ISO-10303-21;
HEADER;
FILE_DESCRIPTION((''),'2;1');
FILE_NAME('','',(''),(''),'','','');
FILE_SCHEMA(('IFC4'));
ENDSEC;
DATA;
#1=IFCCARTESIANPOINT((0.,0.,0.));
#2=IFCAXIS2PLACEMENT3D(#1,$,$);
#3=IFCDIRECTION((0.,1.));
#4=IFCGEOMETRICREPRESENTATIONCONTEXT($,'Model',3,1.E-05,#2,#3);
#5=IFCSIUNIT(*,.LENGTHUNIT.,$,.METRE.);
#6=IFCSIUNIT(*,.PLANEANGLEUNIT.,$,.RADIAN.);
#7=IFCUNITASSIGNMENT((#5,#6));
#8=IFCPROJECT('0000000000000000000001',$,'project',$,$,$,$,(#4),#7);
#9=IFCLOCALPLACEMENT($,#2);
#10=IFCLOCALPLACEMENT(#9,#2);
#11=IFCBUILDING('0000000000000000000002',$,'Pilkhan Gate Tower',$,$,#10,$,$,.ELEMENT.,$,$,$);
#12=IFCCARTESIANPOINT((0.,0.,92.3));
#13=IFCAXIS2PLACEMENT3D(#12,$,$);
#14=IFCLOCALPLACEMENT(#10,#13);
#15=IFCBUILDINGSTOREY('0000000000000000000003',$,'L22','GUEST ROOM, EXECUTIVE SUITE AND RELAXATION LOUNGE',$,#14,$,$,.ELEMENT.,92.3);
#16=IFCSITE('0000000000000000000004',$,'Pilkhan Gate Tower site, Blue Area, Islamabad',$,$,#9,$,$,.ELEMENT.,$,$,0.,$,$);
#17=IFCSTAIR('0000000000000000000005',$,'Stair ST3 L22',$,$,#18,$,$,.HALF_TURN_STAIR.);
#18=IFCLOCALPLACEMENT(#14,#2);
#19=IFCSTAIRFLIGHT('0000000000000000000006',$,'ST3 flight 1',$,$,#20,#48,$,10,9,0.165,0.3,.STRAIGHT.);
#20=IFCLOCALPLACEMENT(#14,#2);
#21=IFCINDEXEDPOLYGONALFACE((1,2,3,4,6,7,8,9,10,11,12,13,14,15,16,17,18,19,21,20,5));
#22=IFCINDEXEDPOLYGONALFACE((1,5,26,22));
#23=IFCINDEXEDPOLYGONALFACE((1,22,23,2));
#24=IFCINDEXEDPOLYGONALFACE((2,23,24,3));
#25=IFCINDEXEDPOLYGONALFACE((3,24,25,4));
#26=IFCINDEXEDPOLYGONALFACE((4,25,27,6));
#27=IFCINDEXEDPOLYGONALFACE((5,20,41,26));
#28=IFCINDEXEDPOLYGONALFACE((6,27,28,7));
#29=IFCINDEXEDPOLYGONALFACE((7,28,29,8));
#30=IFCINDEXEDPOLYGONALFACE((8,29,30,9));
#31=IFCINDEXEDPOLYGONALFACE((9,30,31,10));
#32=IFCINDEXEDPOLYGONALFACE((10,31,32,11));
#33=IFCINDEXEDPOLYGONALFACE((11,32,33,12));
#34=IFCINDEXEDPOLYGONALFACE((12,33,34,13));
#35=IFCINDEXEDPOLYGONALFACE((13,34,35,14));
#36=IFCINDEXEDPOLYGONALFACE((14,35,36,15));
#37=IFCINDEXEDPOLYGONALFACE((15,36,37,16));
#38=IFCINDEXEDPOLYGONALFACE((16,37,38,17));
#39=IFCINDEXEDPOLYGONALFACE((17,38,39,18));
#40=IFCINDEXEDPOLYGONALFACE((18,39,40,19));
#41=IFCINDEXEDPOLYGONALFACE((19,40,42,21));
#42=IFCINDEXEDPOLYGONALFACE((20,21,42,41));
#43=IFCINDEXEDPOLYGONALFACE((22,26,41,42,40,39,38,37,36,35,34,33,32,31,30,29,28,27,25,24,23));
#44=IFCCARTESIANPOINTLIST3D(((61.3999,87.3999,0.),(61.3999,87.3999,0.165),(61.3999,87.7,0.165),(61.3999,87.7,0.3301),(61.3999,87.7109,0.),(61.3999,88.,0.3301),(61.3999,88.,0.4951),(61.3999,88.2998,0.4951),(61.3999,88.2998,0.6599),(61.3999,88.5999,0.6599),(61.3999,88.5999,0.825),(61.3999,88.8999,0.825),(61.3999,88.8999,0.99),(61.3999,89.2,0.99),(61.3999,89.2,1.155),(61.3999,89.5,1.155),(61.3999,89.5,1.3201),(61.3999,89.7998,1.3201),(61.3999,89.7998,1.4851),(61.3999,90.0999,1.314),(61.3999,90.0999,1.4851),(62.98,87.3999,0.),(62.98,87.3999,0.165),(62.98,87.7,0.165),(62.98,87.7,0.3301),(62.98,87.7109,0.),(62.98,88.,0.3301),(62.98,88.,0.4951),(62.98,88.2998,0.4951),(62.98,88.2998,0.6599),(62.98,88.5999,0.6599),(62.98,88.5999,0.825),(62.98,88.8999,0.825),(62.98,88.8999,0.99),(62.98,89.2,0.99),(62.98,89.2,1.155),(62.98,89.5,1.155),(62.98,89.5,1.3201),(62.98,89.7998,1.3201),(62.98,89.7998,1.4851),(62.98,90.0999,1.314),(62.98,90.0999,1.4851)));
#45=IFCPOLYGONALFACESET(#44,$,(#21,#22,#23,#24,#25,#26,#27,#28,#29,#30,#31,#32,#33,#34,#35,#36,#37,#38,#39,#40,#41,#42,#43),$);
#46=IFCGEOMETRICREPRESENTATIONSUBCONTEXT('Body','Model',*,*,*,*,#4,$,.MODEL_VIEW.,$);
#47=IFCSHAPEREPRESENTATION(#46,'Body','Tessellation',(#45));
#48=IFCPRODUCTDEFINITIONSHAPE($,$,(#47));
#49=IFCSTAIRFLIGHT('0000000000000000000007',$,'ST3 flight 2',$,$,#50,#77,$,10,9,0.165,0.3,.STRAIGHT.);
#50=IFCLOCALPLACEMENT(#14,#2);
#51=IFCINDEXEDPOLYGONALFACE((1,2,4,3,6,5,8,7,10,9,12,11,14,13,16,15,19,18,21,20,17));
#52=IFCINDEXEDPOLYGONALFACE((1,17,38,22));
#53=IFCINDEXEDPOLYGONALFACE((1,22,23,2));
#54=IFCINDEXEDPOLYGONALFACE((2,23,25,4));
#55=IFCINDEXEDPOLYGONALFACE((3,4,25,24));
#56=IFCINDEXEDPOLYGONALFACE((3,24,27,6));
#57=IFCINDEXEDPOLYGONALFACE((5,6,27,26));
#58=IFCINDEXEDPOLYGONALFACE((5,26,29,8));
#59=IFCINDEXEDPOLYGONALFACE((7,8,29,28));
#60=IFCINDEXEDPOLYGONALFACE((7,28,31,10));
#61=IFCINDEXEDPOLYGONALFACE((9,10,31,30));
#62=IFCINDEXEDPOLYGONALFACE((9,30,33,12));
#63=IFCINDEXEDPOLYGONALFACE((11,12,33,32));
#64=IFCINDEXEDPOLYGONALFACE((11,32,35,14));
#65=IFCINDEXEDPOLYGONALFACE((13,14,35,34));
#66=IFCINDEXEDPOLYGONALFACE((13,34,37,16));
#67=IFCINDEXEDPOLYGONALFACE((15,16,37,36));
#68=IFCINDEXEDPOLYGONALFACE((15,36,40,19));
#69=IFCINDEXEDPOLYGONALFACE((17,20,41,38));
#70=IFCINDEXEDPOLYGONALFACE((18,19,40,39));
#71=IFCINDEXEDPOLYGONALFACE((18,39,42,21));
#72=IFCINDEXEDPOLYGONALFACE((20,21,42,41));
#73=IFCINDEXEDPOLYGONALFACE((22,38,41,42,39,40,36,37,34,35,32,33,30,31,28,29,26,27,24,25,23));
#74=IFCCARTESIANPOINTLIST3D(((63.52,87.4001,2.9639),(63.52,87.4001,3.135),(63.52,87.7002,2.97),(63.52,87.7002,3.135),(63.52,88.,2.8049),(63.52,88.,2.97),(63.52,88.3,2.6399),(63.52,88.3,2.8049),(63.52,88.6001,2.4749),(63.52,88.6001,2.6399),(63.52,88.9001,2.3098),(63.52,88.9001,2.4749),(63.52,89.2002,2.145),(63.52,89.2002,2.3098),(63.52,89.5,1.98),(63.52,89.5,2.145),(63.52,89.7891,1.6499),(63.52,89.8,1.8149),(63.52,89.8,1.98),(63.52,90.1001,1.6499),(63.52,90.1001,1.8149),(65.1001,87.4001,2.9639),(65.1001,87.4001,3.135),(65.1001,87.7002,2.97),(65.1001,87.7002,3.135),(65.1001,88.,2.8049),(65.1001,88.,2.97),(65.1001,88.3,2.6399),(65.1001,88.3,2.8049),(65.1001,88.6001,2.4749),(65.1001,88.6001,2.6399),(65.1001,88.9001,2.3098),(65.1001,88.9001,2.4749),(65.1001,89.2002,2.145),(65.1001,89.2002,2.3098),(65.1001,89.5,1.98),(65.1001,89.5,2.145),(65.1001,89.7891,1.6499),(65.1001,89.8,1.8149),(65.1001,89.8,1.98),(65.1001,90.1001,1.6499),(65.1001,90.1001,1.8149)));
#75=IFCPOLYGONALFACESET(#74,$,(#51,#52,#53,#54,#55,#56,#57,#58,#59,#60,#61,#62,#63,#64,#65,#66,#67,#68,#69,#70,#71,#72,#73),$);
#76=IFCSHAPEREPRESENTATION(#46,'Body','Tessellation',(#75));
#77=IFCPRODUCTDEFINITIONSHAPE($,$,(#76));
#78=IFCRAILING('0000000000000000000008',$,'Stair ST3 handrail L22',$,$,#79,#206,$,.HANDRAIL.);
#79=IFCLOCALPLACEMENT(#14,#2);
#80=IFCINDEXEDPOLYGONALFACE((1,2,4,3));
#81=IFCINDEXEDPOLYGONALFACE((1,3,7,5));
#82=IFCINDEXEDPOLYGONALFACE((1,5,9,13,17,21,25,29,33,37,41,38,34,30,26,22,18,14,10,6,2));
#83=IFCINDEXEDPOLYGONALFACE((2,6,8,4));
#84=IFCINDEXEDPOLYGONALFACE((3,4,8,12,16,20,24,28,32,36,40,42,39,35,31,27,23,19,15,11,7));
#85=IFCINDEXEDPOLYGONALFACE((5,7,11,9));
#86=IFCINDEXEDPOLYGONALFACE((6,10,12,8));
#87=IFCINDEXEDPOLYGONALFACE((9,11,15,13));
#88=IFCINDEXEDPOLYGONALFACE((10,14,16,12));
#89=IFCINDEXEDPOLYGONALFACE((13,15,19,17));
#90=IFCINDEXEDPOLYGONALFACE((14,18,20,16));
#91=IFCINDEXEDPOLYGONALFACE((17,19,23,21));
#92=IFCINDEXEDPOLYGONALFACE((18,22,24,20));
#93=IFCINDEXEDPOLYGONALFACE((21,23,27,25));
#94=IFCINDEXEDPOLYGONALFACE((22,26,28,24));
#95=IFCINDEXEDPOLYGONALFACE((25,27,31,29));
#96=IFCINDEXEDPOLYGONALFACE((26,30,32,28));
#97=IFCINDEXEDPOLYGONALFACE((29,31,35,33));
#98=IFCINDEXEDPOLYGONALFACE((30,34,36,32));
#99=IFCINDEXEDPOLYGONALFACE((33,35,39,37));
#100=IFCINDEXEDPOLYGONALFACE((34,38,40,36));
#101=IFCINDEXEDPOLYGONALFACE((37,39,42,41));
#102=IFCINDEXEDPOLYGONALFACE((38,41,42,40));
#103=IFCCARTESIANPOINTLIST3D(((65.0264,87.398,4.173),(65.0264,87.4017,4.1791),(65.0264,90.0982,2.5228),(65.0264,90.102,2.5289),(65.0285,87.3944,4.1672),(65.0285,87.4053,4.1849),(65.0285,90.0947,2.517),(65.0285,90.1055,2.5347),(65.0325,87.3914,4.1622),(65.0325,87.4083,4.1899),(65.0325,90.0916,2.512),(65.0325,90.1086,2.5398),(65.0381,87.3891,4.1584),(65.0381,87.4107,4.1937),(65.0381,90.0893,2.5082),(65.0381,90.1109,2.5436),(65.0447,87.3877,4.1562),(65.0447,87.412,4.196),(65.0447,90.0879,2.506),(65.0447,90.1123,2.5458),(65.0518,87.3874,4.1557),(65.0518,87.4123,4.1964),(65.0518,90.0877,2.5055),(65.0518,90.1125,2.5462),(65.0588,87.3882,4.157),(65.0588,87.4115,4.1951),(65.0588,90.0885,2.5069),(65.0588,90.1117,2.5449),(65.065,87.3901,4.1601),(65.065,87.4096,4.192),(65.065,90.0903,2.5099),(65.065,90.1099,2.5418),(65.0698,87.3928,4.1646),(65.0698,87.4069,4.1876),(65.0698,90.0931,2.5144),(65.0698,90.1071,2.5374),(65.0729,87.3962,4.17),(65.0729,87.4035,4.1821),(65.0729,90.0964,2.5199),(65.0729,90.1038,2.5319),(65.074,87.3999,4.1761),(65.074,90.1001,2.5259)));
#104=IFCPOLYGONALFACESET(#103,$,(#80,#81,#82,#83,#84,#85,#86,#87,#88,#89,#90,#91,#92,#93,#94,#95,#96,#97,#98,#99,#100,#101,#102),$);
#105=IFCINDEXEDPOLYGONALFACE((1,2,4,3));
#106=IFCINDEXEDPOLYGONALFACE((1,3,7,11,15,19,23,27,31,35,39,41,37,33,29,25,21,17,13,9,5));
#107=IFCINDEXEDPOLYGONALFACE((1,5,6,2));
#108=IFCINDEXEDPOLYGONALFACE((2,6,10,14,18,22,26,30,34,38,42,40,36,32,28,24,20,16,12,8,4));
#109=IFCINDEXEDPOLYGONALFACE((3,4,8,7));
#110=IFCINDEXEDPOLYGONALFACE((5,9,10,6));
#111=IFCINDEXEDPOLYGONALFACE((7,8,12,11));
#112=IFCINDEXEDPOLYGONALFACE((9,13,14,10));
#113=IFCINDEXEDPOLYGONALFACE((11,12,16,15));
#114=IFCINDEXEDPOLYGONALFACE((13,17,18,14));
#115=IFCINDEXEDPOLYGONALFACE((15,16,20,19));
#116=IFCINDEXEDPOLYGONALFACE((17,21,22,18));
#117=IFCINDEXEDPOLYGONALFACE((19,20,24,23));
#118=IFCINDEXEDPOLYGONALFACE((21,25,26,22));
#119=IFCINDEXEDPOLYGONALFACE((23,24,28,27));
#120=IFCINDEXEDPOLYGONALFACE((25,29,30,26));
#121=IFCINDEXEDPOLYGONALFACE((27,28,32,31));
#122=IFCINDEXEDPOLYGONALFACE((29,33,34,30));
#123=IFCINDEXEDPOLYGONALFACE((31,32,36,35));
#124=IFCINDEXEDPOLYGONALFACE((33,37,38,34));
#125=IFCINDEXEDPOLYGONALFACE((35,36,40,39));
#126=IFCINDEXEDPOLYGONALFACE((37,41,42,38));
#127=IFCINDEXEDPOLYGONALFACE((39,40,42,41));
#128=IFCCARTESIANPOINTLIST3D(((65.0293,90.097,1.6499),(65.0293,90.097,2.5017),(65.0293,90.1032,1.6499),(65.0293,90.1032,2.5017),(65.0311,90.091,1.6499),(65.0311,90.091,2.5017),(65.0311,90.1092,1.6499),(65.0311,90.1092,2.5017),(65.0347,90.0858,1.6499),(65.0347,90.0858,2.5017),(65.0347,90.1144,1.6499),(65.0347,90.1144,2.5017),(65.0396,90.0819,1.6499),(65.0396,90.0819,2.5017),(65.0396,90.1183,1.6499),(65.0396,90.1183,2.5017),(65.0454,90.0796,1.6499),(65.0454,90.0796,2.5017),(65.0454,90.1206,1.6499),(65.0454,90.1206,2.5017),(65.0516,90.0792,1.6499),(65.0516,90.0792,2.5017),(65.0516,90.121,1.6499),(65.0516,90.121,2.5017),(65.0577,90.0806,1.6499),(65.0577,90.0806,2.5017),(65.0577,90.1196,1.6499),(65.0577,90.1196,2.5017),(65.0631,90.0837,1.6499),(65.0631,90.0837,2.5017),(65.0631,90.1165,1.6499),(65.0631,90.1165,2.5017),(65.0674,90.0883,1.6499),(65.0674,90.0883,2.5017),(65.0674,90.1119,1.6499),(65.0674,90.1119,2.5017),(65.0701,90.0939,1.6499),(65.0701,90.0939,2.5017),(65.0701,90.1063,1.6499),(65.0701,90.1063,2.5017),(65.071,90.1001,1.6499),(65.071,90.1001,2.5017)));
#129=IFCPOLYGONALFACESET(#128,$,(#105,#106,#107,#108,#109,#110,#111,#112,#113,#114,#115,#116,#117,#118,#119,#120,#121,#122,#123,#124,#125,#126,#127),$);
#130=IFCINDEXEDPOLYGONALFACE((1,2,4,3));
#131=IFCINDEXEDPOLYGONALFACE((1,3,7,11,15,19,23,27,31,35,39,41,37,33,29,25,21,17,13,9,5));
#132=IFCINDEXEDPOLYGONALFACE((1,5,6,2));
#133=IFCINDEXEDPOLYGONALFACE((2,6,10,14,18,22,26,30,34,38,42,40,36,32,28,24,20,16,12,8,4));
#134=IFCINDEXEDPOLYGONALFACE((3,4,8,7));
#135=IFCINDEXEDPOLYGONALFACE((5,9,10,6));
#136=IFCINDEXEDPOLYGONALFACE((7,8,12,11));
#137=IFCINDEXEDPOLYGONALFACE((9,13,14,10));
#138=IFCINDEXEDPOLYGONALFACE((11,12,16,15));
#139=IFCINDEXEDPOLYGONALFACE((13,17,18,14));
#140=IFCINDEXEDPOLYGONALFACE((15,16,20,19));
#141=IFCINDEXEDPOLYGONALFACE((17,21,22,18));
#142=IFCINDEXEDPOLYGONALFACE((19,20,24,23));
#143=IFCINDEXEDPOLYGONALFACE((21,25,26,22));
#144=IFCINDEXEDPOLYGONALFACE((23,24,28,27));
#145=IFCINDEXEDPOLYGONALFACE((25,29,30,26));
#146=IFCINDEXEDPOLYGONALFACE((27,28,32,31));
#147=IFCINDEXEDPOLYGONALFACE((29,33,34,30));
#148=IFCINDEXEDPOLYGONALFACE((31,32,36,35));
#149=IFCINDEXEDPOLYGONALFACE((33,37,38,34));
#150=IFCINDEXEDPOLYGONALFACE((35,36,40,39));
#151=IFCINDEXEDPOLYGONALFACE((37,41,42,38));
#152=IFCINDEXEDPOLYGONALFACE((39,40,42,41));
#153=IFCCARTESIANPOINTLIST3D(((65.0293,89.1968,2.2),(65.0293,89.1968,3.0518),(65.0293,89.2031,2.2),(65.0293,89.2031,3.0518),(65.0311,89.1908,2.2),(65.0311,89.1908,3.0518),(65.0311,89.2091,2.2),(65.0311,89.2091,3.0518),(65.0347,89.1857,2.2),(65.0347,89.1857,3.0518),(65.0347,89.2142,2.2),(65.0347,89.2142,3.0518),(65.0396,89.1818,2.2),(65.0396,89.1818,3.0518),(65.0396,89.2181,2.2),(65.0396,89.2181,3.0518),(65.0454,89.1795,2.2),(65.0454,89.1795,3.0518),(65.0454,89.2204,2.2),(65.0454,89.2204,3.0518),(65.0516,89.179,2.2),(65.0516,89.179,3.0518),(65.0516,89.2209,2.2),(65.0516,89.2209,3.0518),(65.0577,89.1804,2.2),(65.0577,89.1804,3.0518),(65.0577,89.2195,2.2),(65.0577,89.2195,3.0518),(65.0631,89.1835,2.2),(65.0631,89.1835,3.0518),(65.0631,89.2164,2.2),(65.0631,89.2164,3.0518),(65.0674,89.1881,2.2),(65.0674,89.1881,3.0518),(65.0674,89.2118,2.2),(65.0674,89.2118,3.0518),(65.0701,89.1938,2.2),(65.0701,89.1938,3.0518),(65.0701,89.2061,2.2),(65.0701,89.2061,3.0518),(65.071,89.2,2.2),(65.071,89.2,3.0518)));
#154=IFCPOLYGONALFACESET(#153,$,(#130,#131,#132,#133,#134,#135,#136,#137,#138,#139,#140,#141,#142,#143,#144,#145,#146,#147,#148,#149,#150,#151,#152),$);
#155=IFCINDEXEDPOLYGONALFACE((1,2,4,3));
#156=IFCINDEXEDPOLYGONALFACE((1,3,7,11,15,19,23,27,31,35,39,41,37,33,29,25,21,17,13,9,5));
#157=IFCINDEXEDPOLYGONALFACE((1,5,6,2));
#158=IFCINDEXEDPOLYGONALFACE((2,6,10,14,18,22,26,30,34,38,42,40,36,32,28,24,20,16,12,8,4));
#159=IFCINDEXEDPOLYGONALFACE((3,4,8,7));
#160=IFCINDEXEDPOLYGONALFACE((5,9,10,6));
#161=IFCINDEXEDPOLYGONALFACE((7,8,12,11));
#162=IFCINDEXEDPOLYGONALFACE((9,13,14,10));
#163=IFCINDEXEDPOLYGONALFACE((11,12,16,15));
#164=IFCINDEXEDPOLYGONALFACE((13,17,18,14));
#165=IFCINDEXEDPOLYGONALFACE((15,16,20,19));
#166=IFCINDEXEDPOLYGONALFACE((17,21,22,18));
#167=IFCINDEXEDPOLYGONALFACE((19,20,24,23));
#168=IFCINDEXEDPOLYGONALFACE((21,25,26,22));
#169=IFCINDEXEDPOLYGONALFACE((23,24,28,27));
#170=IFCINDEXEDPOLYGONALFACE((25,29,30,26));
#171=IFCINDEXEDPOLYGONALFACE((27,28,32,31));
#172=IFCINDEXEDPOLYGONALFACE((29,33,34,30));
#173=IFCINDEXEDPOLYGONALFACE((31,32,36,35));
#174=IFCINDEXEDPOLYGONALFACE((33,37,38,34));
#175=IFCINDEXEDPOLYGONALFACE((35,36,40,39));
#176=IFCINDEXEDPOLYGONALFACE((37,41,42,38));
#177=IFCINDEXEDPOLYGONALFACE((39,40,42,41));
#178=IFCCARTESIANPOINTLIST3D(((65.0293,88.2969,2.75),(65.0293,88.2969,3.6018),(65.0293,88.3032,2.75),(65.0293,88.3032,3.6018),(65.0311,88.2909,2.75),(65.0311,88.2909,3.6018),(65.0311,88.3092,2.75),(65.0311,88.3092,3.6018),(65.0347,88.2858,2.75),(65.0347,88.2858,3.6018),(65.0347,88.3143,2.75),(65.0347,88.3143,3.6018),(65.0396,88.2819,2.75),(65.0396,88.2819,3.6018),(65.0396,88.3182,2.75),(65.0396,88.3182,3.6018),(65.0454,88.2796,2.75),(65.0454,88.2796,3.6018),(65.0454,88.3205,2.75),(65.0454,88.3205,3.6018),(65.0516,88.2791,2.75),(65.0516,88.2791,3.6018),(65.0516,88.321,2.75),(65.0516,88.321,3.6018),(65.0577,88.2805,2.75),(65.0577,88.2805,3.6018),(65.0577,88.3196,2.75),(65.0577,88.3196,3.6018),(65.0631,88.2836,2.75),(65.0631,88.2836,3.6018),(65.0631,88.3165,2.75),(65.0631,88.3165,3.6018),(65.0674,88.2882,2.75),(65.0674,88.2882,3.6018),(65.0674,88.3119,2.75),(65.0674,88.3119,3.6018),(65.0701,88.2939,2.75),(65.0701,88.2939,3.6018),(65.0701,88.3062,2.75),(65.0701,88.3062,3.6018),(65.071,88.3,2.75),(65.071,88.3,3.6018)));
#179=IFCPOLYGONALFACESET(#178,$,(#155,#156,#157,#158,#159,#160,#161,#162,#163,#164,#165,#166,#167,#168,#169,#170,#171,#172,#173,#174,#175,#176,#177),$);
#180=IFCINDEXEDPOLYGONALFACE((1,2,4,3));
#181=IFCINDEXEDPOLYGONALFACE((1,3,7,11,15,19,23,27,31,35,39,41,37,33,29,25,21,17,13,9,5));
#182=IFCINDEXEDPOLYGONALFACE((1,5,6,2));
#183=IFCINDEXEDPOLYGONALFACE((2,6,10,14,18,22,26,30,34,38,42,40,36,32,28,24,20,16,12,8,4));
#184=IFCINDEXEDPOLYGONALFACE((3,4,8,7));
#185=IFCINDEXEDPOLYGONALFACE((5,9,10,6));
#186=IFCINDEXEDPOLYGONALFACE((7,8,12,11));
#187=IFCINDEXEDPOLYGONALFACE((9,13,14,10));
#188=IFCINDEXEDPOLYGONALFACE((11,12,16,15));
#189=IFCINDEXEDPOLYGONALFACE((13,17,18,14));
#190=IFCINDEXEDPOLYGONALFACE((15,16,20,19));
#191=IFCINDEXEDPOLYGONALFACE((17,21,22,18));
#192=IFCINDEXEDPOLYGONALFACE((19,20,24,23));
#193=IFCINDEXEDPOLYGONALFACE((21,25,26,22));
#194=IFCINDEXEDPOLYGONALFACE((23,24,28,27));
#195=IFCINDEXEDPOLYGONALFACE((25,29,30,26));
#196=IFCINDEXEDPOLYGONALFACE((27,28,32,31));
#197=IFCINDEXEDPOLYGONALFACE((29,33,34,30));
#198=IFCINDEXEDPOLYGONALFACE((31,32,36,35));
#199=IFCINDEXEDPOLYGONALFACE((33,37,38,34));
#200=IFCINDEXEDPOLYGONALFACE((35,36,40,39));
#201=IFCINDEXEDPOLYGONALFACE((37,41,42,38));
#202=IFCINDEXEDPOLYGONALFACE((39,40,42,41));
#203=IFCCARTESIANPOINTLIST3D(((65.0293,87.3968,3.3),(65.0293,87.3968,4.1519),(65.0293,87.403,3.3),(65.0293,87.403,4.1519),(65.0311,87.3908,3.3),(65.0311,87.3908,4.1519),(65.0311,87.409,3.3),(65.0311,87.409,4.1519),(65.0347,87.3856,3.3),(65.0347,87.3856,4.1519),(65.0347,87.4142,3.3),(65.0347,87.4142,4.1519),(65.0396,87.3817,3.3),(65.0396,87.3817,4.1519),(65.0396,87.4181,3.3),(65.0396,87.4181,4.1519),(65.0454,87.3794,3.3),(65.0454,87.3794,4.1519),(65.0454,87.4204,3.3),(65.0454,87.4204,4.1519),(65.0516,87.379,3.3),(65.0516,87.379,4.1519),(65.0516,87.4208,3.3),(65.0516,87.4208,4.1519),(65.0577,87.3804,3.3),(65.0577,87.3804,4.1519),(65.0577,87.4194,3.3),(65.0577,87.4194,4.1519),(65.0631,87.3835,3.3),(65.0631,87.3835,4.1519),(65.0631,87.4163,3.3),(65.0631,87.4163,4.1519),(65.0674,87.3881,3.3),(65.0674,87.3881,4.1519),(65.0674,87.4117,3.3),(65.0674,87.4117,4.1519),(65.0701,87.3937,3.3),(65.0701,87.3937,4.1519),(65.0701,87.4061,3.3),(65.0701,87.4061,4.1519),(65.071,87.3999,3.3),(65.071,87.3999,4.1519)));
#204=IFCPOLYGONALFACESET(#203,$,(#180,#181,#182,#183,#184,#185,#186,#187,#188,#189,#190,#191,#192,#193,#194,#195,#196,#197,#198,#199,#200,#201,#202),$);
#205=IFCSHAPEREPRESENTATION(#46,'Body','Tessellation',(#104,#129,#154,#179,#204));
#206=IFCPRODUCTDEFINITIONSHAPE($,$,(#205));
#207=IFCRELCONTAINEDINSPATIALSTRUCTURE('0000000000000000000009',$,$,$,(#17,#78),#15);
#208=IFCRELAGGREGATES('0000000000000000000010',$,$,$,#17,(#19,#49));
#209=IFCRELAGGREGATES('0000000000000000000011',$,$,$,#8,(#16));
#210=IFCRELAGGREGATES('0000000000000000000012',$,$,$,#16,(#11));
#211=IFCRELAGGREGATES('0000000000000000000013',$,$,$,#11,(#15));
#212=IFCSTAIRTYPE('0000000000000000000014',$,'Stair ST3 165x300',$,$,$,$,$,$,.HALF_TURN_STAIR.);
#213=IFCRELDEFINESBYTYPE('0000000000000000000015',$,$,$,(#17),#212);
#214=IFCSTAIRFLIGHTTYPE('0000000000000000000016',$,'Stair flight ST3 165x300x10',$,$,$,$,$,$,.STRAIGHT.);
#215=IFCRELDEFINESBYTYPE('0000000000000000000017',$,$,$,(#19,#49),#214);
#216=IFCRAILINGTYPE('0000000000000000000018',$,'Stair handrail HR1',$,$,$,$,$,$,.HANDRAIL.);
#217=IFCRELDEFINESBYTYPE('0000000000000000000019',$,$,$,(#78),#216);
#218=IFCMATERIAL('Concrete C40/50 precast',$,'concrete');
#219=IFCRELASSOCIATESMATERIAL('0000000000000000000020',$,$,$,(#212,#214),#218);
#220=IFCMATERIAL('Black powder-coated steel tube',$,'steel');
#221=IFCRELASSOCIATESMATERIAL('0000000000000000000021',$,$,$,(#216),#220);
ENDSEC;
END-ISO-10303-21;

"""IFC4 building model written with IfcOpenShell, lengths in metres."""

from ifc_helpers import new_model, si_unit, direction, frame, origin, origin_2d, place, context, subcontext, project, spatial, polyline, circle, outline, extrude, material, type_object, element, aggregate, save


model = new_model("IFC4")

# Units and contexts
model_context = context("Model", 3, precision=1e-05, world=origin(), true_north=direction((0.0, 1.0)))
body_context = subcontext(model_context, "Body", "Model", "MODEL_VIEW")
ifc_project = project(units=[si_unit("LENGTHUNIT", "METRE"), si_unit("PLANEANGLEUNIT", "RADIAN")], contexts=[model_context])

# Site, building, storey
site_placement = place(None, origin())
site = spatial("IfcSite", under=ifc_project, at=site_placement, Name="Pilkhan Gate Tower site, Blue Area, Islamabad", CompositionType="ELEMENT", RefElevation=0.0)
building_placement = place(site_placement, origin())
building = spatial("IfcBuilding", under=site, at=building_placement, Name="Pilkhan Gate Tower", CompositionType="ELEMENT")
storey_placement = place(building_placement, frame((0.0, 0.0, 92.3)))
storey = spatial("IfcBuildingStorey", under=building, at=storey_placement, Name="L22", Description="GUEST ROOM, EXECUTIVE SUITE AND RELAXATION LOUNGE", CompositionType="ELEMENT", Elevation=92.3)

# Stair, stair flights
ifc_material_1 = material(Name="Concrete C40/50 precast", Category="concrete")
stair_type = type_object("IfcStairType", Name="Stair ST3 165x300", PredefinedType="HALF_TURN_STAIR", material=ifc_material_1)
stair_placement = place(storey_placement, origin())
stair = element("IfcStair", 1, at=stair_placement, inside=storey, type_object=stair_type, Name="Stair ST3 L22", PredefinedType="HALF_TURN_STAIR")
stair_flight_type = type_object("IfcStairFlightType", Name="Stair flight ST3 165x300x10", PredefinedType="STRAIGHT", material=ifc_material_1)
stair_flight_1_placement = place(storey_placement, frame((62.1899, 87.3999, 0.0), z_axis=(0.0, 0.0, 1.0), x_axis=(0.0, 1.0, 0.0)))
stair_flight_1 = element("IfcStairFlight", 2, at=stair_flight_1_placement, type_object=stair_flight_type, Name="ST3 flight 1", NumberOfRisers=10, NumberOfTreads=9, PredefinedType="STRAIGHT", RiserHeight=0.165, TreadLength=0.3, context=body_context, shape_type="SweptSolid", body=[
    extrude(outline(polyline([(0.0, 0.0), (0.0, 0.165), (0.3, 0.165), (0.3, 0.3301), (0.6001, 0.3301), (0.6001, 0.4951), (0.8999, 0.4951), (0.8999, 0.6599), (1.2, 0.6599), (1.2, 0.825), (1.5, 0.825), (1.5, 0.99), (1.8, 0.99), (1.8, 1.155), (2.1001, 1.155), (2.1001, 1.3201), (2.3999, 1.3201), (2.3999, 1.4851), (2.7, 1.4851), (2.7, 1.6499), (2.7, 1.314), (0.311, 0.0), (0.0, 0.0)])), frame((0.0, 0.79, 0.0), z_axis=(0.0, -1.0, 0.0), x_axis=(1.0, 0.0, 0.0)), (0.0, 0.0, 1.0), 1.5801),
])
stair_flight_2_placement = place(storey_placement, frame((64.3101, 90.1001, 1.6499), z_axis=(0.0, 0.0, 1.0), x_axis=(0.0, -1.0, 0.0)))
stair_flight_2 = element("IfcStairFlight", 3, at=stair_flight_2_placement, type_object=stair_flight_type, Name="ST3 flight 2", NumberOfRisers=10, NumberOfTreads=9, PredefinedType="STRAIGHT", RiserHeight=0.165, TreadLength=0.3, context=body_context, shape_type="SweptSolid", body=[
    extrude(outline(polyline([(0.0, 0.0), (0.0, 0.165), (0.3, 0.165), (0.3, 0.3301), (0.6001, 0.3301), (0.6001, 0.4951), (0.8999, 0.4951), (0.8999, 0.6599), (1.2, 0.6599), (1.2, 0.825), (1.5, 0.825), (1.5, 0.99), (1.8, 0.99), (1.8, 1.155), (2.1001, 1.155), (2.1001, 1.3201), (2.3999, 1.3201), (2.3999, 1.4851), (2.7, 1.4851), (2.7, 1.6499), (2.7, 1.314), (0.311, 0.0), (0.0, 0.0)])), frame((0.0, 0.79, 0.0), z_axis=(0.0, -1.0, 0.0), x_axis=(1.0, 0.0, 0.0)), (0.0, 0.0, 1.0), 1.5801),
])
aggregate(stair, [stair_flight_1, stair_flight_2])

# Railing
ifc_material_2 = material(Name="Black powder-coated steel tube", Category="steel")
railing_type_1 = type_object("IfcRailingType", Name="Stair handrail HR1", PredefinedType="HANDRAIL", material=ifc_material_2)
railing_1_placement = place(storey_placement, frame((65.05, 90.1001, 1.6499)))
element("IfcRailing", 4, at=railing_1_placement, inside=storey, type_object=railing_type_1, Name="Stair ST3 handrail L22", PredefinedType="HANDRAIL", context=body_context, shape_type="SweptSolid", body=[
    extrude(circle(Radius=0.0239, at=origin_2d()), frame((0.0, 0.0, 0.876), z_axis=(0.0, -0.853278, 0.521456), x_axis=(1.0, 0.0, 0.0)), (0.0, 0.0, 1.0), 3.1646),
    extrude(circle(Radius=0.021, at=origin_2d()), origin(), (0.0, 0.0, 1.0), 0.8518),
    extrude(circle(Radius=0.021, at=origin_2d()), frame((0.0, -0.9001, 0.55)), (0.0, 0.0, 1.0), 0.8518),
    extrude(circle(Radius=0.021, at=origin_2d()), frame((0.0, -1.8, 1.1001)), (0.0, 0.0, 1.0), 0.8518),
    extrude(circle(Radius=0.021, at=origin_2d()), frame((0.0, -2.7002, 1.6501)), (0.0, 0.0, 1.0), 0.8518),
])

save(model, "model.ifc")
